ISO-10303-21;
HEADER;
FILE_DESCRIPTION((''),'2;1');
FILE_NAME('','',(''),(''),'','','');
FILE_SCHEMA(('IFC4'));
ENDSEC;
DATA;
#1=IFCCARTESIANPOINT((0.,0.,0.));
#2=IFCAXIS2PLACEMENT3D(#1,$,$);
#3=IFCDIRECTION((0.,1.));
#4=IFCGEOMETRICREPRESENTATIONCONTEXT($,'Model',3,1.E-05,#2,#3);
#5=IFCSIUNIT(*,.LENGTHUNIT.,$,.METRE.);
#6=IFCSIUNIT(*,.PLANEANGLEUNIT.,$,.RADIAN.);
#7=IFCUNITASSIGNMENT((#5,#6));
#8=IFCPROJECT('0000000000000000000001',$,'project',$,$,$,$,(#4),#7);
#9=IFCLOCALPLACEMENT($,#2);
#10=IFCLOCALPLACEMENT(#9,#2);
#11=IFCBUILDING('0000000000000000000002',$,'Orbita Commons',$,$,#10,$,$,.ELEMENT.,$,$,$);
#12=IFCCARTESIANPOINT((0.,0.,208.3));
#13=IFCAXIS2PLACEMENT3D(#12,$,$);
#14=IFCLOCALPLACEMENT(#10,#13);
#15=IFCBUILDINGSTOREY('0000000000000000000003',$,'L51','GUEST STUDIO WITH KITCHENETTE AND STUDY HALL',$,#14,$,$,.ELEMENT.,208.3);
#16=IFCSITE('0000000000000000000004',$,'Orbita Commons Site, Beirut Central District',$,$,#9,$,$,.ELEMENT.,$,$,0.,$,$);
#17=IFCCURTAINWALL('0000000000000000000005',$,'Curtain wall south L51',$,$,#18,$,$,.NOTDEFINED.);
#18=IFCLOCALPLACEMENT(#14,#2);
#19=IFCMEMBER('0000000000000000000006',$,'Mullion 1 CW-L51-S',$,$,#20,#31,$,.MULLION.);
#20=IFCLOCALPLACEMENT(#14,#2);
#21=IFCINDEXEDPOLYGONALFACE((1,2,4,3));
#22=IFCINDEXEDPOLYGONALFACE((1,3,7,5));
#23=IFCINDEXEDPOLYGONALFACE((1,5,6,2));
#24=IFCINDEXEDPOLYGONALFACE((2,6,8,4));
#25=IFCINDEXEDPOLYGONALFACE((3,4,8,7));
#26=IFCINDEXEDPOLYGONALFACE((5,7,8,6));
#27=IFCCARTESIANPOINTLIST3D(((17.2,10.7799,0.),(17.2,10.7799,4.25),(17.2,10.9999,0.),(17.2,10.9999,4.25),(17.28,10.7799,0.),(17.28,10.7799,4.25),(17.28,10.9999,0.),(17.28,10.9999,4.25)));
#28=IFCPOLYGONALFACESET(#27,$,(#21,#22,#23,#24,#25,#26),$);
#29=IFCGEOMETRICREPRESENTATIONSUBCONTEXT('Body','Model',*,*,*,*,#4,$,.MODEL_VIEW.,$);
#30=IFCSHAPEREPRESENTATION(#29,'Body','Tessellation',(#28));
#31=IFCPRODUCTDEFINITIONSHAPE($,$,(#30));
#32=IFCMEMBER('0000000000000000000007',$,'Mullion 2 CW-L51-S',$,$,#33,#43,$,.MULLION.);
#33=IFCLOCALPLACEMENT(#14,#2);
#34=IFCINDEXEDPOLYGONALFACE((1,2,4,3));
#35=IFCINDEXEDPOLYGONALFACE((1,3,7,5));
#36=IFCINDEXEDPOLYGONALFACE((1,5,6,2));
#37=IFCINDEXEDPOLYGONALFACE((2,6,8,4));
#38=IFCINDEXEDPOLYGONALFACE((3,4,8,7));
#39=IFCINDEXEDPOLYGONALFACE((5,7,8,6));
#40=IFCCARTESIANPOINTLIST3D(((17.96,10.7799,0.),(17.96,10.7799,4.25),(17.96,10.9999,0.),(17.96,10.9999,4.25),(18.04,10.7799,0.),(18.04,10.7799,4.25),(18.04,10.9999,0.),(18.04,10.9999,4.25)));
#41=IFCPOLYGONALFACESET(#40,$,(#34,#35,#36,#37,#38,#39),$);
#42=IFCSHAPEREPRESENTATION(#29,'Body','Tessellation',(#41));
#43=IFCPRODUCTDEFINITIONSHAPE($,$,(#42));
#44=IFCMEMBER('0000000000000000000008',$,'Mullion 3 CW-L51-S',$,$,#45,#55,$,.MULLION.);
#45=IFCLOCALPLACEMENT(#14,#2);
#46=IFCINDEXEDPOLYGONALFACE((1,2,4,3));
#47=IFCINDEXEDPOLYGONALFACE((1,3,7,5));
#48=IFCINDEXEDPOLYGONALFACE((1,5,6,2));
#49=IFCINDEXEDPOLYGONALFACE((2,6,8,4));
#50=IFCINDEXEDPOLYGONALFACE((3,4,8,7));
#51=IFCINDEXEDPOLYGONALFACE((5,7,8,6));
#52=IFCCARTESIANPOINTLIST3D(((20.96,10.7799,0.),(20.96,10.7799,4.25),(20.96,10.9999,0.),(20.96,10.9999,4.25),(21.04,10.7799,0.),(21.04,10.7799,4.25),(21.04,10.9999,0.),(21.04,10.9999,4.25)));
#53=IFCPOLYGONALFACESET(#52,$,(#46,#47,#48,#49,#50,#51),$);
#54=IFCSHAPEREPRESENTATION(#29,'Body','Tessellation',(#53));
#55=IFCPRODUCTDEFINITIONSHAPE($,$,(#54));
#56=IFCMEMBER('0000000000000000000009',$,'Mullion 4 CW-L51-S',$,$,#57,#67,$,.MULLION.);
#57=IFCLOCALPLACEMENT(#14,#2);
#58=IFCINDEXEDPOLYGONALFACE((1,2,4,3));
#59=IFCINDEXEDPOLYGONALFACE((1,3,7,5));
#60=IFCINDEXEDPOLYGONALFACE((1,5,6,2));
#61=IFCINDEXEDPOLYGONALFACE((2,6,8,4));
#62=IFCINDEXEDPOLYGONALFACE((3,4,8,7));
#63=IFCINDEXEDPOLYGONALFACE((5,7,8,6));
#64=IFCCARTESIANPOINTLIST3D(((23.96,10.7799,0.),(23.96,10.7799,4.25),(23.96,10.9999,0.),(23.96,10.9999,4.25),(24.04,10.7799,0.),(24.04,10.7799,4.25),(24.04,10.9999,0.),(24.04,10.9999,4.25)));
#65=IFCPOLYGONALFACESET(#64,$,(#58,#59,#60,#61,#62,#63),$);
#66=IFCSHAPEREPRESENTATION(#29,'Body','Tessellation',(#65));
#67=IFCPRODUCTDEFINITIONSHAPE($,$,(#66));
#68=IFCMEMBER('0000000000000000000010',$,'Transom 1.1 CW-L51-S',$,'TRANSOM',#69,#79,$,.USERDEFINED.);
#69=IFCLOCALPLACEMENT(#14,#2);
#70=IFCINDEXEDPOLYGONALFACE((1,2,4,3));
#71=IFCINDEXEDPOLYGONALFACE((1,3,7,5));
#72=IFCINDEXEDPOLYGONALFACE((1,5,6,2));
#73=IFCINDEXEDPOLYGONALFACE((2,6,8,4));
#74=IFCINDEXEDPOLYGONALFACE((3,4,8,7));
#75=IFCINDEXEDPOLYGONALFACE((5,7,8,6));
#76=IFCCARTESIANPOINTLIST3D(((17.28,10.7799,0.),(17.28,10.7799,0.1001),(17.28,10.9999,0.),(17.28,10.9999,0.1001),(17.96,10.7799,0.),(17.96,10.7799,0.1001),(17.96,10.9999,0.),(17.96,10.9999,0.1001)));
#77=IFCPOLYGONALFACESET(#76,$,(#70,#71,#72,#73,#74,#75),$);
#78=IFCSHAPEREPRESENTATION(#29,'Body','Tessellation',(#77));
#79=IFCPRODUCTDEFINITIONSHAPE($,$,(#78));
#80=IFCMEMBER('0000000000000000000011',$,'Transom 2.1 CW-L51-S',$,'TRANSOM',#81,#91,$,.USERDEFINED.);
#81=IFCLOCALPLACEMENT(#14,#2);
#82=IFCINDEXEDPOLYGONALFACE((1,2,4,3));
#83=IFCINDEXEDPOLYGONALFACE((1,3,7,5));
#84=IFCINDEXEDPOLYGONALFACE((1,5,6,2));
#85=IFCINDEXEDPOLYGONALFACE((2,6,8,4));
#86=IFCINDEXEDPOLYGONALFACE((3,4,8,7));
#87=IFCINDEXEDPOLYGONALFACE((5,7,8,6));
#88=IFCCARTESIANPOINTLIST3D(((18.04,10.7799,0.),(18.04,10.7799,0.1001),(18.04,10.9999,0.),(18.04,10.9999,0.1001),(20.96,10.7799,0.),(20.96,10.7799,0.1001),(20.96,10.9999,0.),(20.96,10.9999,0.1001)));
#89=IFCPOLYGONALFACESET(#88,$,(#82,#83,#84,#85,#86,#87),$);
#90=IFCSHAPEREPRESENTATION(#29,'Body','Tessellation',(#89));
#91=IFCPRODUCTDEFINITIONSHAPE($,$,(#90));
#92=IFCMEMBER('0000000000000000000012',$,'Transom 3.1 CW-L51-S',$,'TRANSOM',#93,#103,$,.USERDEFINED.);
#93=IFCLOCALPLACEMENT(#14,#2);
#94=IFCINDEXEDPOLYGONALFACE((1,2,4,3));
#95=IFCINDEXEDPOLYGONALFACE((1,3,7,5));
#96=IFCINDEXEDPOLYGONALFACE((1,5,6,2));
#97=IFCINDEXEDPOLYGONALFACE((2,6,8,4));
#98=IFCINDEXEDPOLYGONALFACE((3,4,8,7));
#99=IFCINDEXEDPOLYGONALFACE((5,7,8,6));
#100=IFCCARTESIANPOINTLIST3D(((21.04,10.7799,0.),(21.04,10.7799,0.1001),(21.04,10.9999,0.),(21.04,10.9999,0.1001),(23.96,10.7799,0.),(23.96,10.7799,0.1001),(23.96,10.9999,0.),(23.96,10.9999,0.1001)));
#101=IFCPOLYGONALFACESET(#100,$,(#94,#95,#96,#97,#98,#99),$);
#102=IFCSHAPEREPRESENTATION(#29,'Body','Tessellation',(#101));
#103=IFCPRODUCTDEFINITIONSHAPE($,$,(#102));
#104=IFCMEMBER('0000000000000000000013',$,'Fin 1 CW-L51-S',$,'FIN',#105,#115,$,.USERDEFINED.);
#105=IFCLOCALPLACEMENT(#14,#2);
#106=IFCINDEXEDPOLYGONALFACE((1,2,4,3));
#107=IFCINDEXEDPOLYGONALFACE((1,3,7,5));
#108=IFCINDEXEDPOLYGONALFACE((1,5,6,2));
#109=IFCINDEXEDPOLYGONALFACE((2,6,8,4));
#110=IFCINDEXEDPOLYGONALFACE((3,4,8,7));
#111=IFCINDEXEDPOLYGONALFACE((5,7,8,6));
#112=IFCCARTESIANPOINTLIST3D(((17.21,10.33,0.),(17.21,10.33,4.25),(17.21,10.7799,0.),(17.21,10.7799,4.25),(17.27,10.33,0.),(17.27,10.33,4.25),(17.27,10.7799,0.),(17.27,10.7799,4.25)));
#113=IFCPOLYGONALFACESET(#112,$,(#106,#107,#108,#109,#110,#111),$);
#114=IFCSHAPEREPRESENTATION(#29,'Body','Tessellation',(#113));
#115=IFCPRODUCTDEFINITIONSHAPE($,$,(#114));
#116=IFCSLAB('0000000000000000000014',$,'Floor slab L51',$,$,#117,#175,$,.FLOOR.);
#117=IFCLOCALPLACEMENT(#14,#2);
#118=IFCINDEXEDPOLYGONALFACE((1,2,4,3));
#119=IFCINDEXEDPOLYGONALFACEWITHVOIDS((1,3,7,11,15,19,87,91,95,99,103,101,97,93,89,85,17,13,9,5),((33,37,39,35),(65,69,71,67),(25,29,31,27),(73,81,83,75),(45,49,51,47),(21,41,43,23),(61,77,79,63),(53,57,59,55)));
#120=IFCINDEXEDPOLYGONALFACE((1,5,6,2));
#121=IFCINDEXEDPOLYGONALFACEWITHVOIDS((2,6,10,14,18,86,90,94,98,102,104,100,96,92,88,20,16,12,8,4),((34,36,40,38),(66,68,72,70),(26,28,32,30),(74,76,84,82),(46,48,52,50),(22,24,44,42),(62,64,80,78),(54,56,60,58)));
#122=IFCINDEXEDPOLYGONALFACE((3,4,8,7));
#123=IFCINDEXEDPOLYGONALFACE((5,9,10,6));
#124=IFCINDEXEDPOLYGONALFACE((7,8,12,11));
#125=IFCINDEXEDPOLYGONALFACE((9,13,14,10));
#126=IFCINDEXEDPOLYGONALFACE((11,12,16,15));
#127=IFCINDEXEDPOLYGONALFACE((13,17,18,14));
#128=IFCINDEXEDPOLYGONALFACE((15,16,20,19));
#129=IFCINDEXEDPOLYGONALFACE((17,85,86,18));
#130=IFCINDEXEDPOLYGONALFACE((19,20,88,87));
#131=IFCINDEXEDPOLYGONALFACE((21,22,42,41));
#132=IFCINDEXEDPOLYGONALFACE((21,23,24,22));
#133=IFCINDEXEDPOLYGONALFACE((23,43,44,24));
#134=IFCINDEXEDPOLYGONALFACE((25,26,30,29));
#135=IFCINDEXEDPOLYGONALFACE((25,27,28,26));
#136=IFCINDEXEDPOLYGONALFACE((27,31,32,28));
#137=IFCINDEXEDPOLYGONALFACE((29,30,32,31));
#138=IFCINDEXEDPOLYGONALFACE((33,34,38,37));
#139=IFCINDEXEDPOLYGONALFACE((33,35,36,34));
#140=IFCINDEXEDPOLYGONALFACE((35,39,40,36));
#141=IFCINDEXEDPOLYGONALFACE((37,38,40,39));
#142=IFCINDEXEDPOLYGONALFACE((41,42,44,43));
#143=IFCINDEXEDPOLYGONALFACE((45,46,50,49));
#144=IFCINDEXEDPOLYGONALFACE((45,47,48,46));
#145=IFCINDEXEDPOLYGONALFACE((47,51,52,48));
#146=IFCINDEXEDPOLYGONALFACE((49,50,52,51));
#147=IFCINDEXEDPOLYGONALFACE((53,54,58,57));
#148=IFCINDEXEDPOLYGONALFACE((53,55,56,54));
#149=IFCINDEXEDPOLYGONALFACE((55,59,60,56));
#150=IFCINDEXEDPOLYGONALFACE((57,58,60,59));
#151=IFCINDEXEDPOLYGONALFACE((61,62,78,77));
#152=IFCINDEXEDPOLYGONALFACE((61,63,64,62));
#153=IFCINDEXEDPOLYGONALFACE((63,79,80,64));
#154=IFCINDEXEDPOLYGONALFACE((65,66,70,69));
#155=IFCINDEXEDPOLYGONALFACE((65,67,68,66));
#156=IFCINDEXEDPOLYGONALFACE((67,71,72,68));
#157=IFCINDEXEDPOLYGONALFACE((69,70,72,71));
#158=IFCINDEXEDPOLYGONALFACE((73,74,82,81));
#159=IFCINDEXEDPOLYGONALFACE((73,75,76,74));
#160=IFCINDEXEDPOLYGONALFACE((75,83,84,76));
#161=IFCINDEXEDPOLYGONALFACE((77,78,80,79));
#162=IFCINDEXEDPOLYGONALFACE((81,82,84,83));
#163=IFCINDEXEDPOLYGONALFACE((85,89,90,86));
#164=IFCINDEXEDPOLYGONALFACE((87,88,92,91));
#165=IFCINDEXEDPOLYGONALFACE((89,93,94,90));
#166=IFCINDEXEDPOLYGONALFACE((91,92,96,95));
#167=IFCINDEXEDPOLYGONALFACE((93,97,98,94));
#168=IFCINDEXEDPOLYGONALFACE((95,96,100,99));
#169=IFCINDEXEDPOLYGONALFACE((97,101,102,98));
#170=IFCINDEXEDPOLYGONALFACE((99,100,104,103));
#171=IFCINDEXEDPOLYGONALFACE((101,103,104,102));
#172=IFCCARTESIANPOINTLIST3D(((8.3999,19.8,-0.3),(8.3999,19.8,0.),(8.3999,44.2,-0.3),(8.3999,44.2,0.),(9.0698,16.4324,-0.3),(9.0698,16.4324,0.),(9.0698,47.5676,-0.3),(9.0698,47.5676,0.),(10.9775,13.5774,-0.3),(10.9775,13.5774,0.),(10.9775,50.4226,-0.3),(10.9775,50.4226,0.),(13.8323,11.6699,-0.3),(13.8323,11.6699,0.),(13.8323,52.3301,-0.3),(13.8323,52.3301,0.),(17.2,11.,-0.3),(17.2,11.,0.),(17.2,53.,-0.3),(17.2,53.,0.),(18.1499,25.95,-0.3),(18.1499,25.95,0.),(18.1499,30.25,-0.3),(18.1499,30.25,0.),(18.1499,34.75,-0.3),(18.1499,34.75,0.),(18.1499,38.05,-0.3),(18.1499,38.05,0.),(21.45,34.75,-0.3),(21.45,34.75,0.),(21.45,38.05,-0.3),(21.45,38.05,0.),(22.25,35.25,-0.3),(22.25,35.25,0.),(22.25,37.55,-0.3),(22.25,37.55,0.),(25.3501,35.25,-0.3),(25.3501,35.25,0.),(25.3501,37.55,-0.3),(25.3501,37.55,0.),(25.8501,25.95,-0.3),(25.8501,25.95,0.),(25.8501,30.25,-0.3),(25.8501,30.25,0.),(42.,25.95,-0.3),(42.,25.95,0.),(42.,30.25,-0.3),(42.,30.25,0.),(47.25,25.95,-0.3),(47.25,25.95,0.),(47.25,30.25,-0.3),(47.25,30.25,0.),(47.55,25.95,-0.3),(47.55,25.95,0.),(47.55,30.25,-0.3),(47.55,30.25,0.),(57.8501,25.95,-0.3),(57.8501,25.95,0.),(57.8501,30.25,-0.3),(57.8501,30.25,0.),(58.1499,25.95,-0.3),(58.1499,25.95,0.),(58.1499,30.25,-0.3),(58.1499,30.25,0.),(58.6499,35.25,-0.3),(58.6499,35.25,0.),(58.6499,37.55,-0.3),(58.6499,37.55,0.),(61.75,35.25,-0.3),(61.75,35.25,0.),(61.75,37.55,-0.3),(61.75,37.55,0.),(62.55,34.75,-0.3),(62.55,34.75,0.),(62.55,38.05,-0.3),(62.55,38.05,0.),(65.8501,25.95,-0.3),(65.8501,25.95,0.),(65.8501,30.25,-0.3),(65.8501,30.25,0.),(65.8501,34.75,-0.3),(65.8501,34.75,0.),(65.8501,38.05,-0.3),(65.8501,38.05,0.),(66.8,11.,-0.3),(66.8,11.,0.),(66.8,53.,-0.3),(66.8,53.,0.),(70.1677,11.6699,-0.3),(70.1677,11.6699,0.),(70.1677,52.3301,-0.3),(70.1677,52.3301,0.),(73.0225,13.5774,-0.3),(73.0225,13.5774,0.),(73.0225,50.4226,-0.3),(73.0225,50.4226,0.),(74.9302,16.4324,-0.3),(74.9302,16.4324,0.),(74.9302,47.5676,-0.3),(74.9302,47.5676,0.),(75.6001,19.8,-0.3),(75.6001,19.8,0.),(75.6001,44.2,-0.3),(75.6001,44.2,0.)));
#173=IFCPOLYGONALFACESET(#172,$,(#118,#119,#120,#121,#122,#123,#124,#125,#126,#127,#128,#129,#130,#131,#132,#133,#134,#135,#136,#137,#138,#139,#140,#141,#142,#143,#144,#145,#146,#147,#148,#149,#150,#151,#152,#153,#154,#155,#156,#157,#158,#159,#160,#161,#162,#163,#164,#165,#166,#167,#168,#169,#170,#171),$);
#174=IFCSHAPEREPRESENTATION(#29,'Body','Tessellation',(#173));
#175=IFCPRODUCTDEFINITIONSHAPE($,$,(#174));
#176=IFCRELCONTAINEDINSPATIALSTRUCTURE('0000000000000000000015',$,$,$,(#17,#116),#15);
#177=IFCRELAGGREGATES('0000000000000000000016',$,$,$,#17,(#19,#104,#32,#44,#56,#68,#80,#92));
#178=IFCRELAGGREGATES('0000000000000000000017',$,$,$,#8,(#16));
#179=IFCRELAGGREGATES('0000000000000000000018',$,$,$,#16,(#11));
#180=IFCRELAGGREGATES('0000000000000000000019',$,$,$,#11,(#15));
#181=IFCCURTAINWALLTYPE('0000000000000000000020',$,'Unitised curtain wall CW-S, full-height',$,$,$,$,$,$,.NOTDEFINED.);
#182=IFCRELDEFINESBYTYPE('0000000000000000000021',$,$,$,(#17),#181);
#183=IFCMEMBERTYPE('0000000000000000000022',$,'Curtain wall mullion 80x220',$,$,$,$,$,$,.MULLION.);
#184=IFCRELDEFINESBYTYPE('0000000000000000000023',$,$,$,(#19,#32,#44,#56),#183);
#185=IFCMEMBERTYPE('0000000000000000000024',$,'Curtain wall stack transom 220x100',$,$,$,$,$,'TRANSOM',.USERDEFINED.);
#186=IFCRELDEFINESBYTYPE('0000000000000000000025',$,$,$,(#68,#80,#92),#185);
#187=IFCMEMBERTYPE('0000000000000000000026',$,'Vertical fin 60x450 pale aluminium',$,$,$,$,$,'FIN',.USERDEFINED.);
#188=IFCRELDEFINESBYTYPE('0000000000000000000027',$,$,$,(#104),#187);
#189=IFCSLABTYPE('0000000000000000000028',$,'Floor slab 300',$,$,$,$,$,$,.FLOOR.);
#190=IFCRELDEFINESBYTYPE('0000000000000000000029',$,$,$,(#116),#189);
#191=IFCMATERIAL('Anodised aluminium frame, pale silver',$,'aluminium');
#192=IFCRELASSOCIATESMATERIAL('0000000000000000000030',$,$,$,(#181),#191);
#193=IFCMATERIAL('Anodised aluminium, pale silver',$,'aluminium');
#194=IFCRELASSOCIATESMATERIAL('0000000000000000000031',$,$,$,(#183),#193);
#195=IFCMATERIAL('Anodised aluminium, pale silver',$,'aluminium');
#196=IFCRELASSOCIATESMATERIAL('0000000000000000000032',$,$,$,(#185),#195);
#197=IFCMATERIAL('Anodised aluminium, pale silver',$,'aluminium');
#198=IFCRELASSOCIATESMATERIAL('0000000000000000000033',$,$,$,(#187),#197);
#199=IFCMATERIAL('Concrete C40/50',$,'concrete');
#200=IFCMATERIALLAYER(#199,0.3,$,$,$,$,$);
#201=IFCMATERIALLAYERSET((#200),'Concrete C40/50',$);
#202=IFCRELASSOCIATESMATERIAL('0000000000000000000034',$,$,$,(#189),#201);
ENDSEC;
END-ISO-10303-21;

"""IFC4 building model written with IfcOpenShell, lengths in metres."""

from ifc_helpers import new_model, si_unit, direction, frame, origin, origin_2d, place, context, subcontext, project, spatial, polyline, rectangle, outline, extrude, material, layer, layer_set, material_profile, profile_set, type_object, element, aggregate, save


model = new_model("IFC4")

# Units and contexts
model_context = context("Model", 3, precision=1e-05, world=origin(), true_north=direction((0.0, 1.0)))
body_context = subcontext(model_context, "Body", "Model", "MODEL_VIEW")
ifc_project = project(units=[si_unit("LENGTHUNIT", "METRE"), si_unit("PLANEANGLEUNIT", "RADIAN")], contexts=[model_context])

# Site, building, storey
site_placement = place(None, origin())
site = spatial("IfcSite", under=ifc_project, at=site_placement, Name="Orbita Commons Site, Beirut Central District", CompositionType="ELEMENT", RefElevation=0.0)
building_placement = place(site_placement, origin())
building = spatial("IfcBuilding", under=site, at=building_placement, Name="Orbita Commons", CompositionType="ELEMENT")
storey_placement = place(building_placement, frame((0.0, 0.0, 208.3)))
storey = spatial("IfcBuildingStorey", under=building, at=storey_placement, Name="L51", Description="GUEST STUDIO WITH KITCHENETTE AND STUDY HALL", CompositionType="ELEMENT", Elevation=208.3)

# Curtain wall, members
ifc_material_1 = material(Name="Anodised aluminium frame, pale silver", Category="aluminium")
curtain_wall_type = type_object("IfcCurtainWallType", Name="Unitised curtain wall CW-S, full-height", PredefinedType="NOTDEFINED", material=ifc_material_1)
curtain_wall_placement = place(storey_placement, origin())
curtain_wall = element("IfcCurtainWall", 1, at=curtain_wall_placement, inside=storey, type_object=curtain_wall_type, Name="Curtain wall south L51", PredefinedType="NOTDEFINED")
ifc_material_2 = material(Name="Anodised aluminium, pale silver", Category="aluminium")
ifc_material_profile_1 = material_profile(ifc_material_2, rectangle(XDim=0.0801, YDim=0.22, at=origin_2d()), Name="AL 80x220")
ifc_profile_set_1 = profile_set([ifc_material_profile_1], Name="Anodised aluminium, pale silver")
member_type_1 = type_object("IfcMemberType", Name="Curtain wall mullion 80x220", PredefinedType="MULLION", material=ifc_profile_set_1)
member_1_placement = place(storey_placement, frame((17.24, 10.8899, 0.0), z_axis=(0.0, 0.0, 1.0), x_axis=(1.0, 0.0, 0.0)))
member_1 = element("IfcMember", 2, at=member_1_placement, type_object=member_type_1, Name="Mullion 1 CW-L51-S", PredefinedType="MULLION", context=body_context, shape_type="SweptSolid", body=[
    extrude(rectangle(XDim=0.0801, YDim=0.22, at=origin_2d()), origin(), (0.0, 0.0, 1.0), 4.25),
])
member_2_placement = place(storey_placement, frame((18.0, 10.8899, 0.0), z_axis=(0.0, 0.0, 1.0), x_axis=(1.0, 0.0, 0.0)))
member_2 = element("IfcMember", 3, at=member_2_placement, type_object=member_type_1, Name="Mullion 2 CW-L51-S", PredefinedType="MULLION", context=body_context, shape_type="SweptSolid", body=[
    extrude(rectangle(XDim=0.0801, YDim=0.22, at=origin_2d()), origin(), (0.0, 0.0, 1.0), 4.25),
])
member_3_placement = place(storey_placement, frame((21.0, 10.8899, 0.0), z_axis=(0.0, 0.0, 1.0), x_axis=(1.0, 0.0, 0.0)))
member_3 = element("IfcMember", 4, at=member_3_placement, type_object=member_type_1, Name="Mullion 3 CW-L51-S", PredefinedType="MULLION", context=body_context, shape_type="SweptSolid", body=[
    extrude(rectangle(XDim=0.0801, YDim=0.22, at=origin_2d()), origin(), (0.0, 0.0, 1.0), 4.25),
])
member_4_placement = place(storey_placement, frame((24.0, 10.8899, 0.0), z_axis=(0.0, 0.0, 1.0), x_axis=(1.0, 0.0, 0.0)))
member_4 = element("IfcMember", 5, at=member_4_placement, type_object=member_type_1, Name="Mullion 4 CW-L51-S", PredefinedType="MULLION", context=body_context, shape_type="SweptSolid", body=[
    extrude(rectangle(XDim=0.0801, YDim=0.22, at=origin_2d()), origin(), (0.0, 0.0, 1.0), 4.25),
])
ifc_material_3 = material(Name="Anodised aluminium, pale silver", Category="aluminium")
ifc_material_profile_2 = material_profile(ifc_material_3, rectangle(XDim=0.22, YDim=0.1001, at=origin_2d()), Name="AL 220x100")
ifc_profile_set_2 = profile_set([ifc_material_profile_2], Name="Anodised aluminium, pale silver")
member_type_2 = type_object("IfcMemberType", Name="Curtain wall stack transom 220x100", ElementType="TRANSOM", PredefinedType="USERDEFINED", material=ifc_profile_set_2)
member_5_placement = place(storey_placement, frame((17.28, 10.8899, 0.05), z_axis=(1.0, 0.0, 0.0), x_axis=(0.0, 1.0, 0.0)))
member_5 = element("IfcMember", 6, at=member_5_placement, type_object=member_type_2, Name="Transom 1.1 CW-L51-S", ObjectType="TRANSOM", PredefinedType="USERDEFINED", context=body_context, shape_type="SweptSolid", body=[
    extrude(rectangle(XDim=0.22, YDim=0.1001, at=origin_2d()), origin(), (0.0, 0.0, 1.0), 0.6799),
])
member_6_placement = place(storey_placement, frame((18.04, 10.8899, 0.05), z_axis=(1.0, 0.0, 0.0), x_axis=(0.0, 1.0, 0.0)))
member_6 = element("IfcMember", 7, at=member_6_placement, type_object=member_type_2, Name="Transom 2.1 CW-L51-S", ObjectType="TRANSOM", PredefinedType="USERDEFINED", context=body_context, shape_type="SweptSolid", body=[
    extrude(rectangle(XDim=0.22, YDim=0.1001, at=origin_2d()), origin(), (0.0, 0.0, 1.0), 2.9199),
])
member_7_placement = place(storey_placement, frame((21.04, 10.8899, 0.05), z_axis=(1.0, 0.0, 0.0), x_axis=(0.0, 1.0, 0.0)))
member_7 = element("IfcMember", 8, at=member_7_placement, type_object=member_type_2, Name="Transom 3.1 CW-L51-S", ObjectType="TRANSOM", PredefinedType="USERDEFINED", context=body_context, shape_type="SweptSolid", body=[
    extrude(rectangle(XDim=0.22, YDim=0.1001, at=origin_2d()), origin(), (0.0, 0.0, 1.0), 2.9199),
])
ifc_material_4 = material(Name="Anodised aluminium, pale silver", Category="aluminium")
ifc_material_profile_3 = material_profile(ifc_material_4, rectangle(XDim=0.0601, YDim=0.45, at=origin_2d()), Name="FIN 60x450")
ifc_profile_set_3 = profile_set([ifc_material_profile_3], Name="Anodised aluminium, pale silver")
member_type_3 = type_object("IfcMemberType", Name="Vertical fin 60x450 pale aluminium", ElementType="FIN", PredefinedType="USERDEFINED", material=ifc_profile_set_3)
member_8_placement = place(storey_placement, frame((17.24, 10.5549, 0.0), z_axis=(0.0, 0.0, 1.0), x_axis=(1.0, 0.0, 0.0)))
member_8 = element("IfcMember", 9, at=member_8_placement, type_object=member_type_3, Name="Fin 1 CW-L51-S", ObjectType="FIN", PredefinedType="USERDEFINED", context=body_context, shape_type="SweptSolid", body=[
    extrude(rectangle(XDim=0.0601, YDim=0.45, at=origin_2d()), origin(), (0.0, 0.0, 1.0), 4.25),
])

# Slab
ifc_material_5 = material(Name="Concrete C40/50", Category="concrete")
ifc_layer_1 = layer(ifc_material_5, 0.3)
ifc_layer_set_1 = layer_set([ifc_layer_1], Name="Concrete C40/50")
slab_type_1 = type_object("IfcSlabType", Name="Floor slab 300", PredefinedType="FLOOR", material=ifc_layer_set_1)
slab_1_placement = place(storey_placement, frame((0.0, 0.0, -0.3)))
element("IfcSlab", 10, at=slab_1_placement, inside=storey, type_object=slab_type_1, Name="Floor slab L51", PredefinedType="FLOOR", context=body_context, shape_type="SweptSolid", body=[
    extrude(outline(polyline([(66.8, 11.0), (70.1677, 11.6699), (73.0225, 13.5774), (74.9302, 16.4324), (75.6001, 19.8), (75.6001, 44.2), (74.9302, 47.5676), (73.0225, 50.4226), (70.1677, 52.3301), (66.8, 53.0), (17.2, 53.0), (13.8323, 52.3301), (10.9775, 50.4226), (9.0698, 47.5676), (8.3999, 44.2), (8.3999, 19.8), (9.0698, 16.4324), (10.9775, 13.5774), (13.8323, 11.6699), (17.2, 11.0), (66.8, 11.0)]), holes=[polyline([(18.1499, 25.95), (25.8501, 25.95), (25.8501, 30.25), (18.1499, 30.25), (18.1499, 25.95)]), polyline([(58.1499, 25.95), (65.8501, 25.95), (65.8501, 30.25), (58.1499, 30.25), (58.1499, 25.95)]), polyline([(18.1499, 34.75), (21.45, 34.75), (21.45, 38.05), (18.1499, 38.05), (18.1499, 34.75)]), polyline([(62.55, 34.75), (65.8501, 34.75), (65.8501, 38.05), (62.55, 38.05), (62.55, 34.75)]), polyline([(22.25, 35.25), (25.3501, 35.25), (25.3501, 37.55), (22.25, 37.55), (22.25, 35.25)]), polyline([(58.6499, 35.25), (61.75, 35.25), (61.75, 37.55), (58.6499, 37.55), (58.6499, 35.25)]), polyline([(42.0, 25.95), (47.25, 25.95), (47.25, 30.25), (42.0, 30.25), (42.0, 25.95)]), polyline([(47.55, 25.95), (57.8501, 25.95), (57.8501, 30.25), (47.55, 30.25), (47.55, 25.95)])]), origin(), (0.0, 0.0, 1.0), 0.3),
])

aggregate(curtain_wall, [member_1, member_8, member_2, member_3, member_4, member_5, member_6, member_7])

save(model, "model.ifc")
